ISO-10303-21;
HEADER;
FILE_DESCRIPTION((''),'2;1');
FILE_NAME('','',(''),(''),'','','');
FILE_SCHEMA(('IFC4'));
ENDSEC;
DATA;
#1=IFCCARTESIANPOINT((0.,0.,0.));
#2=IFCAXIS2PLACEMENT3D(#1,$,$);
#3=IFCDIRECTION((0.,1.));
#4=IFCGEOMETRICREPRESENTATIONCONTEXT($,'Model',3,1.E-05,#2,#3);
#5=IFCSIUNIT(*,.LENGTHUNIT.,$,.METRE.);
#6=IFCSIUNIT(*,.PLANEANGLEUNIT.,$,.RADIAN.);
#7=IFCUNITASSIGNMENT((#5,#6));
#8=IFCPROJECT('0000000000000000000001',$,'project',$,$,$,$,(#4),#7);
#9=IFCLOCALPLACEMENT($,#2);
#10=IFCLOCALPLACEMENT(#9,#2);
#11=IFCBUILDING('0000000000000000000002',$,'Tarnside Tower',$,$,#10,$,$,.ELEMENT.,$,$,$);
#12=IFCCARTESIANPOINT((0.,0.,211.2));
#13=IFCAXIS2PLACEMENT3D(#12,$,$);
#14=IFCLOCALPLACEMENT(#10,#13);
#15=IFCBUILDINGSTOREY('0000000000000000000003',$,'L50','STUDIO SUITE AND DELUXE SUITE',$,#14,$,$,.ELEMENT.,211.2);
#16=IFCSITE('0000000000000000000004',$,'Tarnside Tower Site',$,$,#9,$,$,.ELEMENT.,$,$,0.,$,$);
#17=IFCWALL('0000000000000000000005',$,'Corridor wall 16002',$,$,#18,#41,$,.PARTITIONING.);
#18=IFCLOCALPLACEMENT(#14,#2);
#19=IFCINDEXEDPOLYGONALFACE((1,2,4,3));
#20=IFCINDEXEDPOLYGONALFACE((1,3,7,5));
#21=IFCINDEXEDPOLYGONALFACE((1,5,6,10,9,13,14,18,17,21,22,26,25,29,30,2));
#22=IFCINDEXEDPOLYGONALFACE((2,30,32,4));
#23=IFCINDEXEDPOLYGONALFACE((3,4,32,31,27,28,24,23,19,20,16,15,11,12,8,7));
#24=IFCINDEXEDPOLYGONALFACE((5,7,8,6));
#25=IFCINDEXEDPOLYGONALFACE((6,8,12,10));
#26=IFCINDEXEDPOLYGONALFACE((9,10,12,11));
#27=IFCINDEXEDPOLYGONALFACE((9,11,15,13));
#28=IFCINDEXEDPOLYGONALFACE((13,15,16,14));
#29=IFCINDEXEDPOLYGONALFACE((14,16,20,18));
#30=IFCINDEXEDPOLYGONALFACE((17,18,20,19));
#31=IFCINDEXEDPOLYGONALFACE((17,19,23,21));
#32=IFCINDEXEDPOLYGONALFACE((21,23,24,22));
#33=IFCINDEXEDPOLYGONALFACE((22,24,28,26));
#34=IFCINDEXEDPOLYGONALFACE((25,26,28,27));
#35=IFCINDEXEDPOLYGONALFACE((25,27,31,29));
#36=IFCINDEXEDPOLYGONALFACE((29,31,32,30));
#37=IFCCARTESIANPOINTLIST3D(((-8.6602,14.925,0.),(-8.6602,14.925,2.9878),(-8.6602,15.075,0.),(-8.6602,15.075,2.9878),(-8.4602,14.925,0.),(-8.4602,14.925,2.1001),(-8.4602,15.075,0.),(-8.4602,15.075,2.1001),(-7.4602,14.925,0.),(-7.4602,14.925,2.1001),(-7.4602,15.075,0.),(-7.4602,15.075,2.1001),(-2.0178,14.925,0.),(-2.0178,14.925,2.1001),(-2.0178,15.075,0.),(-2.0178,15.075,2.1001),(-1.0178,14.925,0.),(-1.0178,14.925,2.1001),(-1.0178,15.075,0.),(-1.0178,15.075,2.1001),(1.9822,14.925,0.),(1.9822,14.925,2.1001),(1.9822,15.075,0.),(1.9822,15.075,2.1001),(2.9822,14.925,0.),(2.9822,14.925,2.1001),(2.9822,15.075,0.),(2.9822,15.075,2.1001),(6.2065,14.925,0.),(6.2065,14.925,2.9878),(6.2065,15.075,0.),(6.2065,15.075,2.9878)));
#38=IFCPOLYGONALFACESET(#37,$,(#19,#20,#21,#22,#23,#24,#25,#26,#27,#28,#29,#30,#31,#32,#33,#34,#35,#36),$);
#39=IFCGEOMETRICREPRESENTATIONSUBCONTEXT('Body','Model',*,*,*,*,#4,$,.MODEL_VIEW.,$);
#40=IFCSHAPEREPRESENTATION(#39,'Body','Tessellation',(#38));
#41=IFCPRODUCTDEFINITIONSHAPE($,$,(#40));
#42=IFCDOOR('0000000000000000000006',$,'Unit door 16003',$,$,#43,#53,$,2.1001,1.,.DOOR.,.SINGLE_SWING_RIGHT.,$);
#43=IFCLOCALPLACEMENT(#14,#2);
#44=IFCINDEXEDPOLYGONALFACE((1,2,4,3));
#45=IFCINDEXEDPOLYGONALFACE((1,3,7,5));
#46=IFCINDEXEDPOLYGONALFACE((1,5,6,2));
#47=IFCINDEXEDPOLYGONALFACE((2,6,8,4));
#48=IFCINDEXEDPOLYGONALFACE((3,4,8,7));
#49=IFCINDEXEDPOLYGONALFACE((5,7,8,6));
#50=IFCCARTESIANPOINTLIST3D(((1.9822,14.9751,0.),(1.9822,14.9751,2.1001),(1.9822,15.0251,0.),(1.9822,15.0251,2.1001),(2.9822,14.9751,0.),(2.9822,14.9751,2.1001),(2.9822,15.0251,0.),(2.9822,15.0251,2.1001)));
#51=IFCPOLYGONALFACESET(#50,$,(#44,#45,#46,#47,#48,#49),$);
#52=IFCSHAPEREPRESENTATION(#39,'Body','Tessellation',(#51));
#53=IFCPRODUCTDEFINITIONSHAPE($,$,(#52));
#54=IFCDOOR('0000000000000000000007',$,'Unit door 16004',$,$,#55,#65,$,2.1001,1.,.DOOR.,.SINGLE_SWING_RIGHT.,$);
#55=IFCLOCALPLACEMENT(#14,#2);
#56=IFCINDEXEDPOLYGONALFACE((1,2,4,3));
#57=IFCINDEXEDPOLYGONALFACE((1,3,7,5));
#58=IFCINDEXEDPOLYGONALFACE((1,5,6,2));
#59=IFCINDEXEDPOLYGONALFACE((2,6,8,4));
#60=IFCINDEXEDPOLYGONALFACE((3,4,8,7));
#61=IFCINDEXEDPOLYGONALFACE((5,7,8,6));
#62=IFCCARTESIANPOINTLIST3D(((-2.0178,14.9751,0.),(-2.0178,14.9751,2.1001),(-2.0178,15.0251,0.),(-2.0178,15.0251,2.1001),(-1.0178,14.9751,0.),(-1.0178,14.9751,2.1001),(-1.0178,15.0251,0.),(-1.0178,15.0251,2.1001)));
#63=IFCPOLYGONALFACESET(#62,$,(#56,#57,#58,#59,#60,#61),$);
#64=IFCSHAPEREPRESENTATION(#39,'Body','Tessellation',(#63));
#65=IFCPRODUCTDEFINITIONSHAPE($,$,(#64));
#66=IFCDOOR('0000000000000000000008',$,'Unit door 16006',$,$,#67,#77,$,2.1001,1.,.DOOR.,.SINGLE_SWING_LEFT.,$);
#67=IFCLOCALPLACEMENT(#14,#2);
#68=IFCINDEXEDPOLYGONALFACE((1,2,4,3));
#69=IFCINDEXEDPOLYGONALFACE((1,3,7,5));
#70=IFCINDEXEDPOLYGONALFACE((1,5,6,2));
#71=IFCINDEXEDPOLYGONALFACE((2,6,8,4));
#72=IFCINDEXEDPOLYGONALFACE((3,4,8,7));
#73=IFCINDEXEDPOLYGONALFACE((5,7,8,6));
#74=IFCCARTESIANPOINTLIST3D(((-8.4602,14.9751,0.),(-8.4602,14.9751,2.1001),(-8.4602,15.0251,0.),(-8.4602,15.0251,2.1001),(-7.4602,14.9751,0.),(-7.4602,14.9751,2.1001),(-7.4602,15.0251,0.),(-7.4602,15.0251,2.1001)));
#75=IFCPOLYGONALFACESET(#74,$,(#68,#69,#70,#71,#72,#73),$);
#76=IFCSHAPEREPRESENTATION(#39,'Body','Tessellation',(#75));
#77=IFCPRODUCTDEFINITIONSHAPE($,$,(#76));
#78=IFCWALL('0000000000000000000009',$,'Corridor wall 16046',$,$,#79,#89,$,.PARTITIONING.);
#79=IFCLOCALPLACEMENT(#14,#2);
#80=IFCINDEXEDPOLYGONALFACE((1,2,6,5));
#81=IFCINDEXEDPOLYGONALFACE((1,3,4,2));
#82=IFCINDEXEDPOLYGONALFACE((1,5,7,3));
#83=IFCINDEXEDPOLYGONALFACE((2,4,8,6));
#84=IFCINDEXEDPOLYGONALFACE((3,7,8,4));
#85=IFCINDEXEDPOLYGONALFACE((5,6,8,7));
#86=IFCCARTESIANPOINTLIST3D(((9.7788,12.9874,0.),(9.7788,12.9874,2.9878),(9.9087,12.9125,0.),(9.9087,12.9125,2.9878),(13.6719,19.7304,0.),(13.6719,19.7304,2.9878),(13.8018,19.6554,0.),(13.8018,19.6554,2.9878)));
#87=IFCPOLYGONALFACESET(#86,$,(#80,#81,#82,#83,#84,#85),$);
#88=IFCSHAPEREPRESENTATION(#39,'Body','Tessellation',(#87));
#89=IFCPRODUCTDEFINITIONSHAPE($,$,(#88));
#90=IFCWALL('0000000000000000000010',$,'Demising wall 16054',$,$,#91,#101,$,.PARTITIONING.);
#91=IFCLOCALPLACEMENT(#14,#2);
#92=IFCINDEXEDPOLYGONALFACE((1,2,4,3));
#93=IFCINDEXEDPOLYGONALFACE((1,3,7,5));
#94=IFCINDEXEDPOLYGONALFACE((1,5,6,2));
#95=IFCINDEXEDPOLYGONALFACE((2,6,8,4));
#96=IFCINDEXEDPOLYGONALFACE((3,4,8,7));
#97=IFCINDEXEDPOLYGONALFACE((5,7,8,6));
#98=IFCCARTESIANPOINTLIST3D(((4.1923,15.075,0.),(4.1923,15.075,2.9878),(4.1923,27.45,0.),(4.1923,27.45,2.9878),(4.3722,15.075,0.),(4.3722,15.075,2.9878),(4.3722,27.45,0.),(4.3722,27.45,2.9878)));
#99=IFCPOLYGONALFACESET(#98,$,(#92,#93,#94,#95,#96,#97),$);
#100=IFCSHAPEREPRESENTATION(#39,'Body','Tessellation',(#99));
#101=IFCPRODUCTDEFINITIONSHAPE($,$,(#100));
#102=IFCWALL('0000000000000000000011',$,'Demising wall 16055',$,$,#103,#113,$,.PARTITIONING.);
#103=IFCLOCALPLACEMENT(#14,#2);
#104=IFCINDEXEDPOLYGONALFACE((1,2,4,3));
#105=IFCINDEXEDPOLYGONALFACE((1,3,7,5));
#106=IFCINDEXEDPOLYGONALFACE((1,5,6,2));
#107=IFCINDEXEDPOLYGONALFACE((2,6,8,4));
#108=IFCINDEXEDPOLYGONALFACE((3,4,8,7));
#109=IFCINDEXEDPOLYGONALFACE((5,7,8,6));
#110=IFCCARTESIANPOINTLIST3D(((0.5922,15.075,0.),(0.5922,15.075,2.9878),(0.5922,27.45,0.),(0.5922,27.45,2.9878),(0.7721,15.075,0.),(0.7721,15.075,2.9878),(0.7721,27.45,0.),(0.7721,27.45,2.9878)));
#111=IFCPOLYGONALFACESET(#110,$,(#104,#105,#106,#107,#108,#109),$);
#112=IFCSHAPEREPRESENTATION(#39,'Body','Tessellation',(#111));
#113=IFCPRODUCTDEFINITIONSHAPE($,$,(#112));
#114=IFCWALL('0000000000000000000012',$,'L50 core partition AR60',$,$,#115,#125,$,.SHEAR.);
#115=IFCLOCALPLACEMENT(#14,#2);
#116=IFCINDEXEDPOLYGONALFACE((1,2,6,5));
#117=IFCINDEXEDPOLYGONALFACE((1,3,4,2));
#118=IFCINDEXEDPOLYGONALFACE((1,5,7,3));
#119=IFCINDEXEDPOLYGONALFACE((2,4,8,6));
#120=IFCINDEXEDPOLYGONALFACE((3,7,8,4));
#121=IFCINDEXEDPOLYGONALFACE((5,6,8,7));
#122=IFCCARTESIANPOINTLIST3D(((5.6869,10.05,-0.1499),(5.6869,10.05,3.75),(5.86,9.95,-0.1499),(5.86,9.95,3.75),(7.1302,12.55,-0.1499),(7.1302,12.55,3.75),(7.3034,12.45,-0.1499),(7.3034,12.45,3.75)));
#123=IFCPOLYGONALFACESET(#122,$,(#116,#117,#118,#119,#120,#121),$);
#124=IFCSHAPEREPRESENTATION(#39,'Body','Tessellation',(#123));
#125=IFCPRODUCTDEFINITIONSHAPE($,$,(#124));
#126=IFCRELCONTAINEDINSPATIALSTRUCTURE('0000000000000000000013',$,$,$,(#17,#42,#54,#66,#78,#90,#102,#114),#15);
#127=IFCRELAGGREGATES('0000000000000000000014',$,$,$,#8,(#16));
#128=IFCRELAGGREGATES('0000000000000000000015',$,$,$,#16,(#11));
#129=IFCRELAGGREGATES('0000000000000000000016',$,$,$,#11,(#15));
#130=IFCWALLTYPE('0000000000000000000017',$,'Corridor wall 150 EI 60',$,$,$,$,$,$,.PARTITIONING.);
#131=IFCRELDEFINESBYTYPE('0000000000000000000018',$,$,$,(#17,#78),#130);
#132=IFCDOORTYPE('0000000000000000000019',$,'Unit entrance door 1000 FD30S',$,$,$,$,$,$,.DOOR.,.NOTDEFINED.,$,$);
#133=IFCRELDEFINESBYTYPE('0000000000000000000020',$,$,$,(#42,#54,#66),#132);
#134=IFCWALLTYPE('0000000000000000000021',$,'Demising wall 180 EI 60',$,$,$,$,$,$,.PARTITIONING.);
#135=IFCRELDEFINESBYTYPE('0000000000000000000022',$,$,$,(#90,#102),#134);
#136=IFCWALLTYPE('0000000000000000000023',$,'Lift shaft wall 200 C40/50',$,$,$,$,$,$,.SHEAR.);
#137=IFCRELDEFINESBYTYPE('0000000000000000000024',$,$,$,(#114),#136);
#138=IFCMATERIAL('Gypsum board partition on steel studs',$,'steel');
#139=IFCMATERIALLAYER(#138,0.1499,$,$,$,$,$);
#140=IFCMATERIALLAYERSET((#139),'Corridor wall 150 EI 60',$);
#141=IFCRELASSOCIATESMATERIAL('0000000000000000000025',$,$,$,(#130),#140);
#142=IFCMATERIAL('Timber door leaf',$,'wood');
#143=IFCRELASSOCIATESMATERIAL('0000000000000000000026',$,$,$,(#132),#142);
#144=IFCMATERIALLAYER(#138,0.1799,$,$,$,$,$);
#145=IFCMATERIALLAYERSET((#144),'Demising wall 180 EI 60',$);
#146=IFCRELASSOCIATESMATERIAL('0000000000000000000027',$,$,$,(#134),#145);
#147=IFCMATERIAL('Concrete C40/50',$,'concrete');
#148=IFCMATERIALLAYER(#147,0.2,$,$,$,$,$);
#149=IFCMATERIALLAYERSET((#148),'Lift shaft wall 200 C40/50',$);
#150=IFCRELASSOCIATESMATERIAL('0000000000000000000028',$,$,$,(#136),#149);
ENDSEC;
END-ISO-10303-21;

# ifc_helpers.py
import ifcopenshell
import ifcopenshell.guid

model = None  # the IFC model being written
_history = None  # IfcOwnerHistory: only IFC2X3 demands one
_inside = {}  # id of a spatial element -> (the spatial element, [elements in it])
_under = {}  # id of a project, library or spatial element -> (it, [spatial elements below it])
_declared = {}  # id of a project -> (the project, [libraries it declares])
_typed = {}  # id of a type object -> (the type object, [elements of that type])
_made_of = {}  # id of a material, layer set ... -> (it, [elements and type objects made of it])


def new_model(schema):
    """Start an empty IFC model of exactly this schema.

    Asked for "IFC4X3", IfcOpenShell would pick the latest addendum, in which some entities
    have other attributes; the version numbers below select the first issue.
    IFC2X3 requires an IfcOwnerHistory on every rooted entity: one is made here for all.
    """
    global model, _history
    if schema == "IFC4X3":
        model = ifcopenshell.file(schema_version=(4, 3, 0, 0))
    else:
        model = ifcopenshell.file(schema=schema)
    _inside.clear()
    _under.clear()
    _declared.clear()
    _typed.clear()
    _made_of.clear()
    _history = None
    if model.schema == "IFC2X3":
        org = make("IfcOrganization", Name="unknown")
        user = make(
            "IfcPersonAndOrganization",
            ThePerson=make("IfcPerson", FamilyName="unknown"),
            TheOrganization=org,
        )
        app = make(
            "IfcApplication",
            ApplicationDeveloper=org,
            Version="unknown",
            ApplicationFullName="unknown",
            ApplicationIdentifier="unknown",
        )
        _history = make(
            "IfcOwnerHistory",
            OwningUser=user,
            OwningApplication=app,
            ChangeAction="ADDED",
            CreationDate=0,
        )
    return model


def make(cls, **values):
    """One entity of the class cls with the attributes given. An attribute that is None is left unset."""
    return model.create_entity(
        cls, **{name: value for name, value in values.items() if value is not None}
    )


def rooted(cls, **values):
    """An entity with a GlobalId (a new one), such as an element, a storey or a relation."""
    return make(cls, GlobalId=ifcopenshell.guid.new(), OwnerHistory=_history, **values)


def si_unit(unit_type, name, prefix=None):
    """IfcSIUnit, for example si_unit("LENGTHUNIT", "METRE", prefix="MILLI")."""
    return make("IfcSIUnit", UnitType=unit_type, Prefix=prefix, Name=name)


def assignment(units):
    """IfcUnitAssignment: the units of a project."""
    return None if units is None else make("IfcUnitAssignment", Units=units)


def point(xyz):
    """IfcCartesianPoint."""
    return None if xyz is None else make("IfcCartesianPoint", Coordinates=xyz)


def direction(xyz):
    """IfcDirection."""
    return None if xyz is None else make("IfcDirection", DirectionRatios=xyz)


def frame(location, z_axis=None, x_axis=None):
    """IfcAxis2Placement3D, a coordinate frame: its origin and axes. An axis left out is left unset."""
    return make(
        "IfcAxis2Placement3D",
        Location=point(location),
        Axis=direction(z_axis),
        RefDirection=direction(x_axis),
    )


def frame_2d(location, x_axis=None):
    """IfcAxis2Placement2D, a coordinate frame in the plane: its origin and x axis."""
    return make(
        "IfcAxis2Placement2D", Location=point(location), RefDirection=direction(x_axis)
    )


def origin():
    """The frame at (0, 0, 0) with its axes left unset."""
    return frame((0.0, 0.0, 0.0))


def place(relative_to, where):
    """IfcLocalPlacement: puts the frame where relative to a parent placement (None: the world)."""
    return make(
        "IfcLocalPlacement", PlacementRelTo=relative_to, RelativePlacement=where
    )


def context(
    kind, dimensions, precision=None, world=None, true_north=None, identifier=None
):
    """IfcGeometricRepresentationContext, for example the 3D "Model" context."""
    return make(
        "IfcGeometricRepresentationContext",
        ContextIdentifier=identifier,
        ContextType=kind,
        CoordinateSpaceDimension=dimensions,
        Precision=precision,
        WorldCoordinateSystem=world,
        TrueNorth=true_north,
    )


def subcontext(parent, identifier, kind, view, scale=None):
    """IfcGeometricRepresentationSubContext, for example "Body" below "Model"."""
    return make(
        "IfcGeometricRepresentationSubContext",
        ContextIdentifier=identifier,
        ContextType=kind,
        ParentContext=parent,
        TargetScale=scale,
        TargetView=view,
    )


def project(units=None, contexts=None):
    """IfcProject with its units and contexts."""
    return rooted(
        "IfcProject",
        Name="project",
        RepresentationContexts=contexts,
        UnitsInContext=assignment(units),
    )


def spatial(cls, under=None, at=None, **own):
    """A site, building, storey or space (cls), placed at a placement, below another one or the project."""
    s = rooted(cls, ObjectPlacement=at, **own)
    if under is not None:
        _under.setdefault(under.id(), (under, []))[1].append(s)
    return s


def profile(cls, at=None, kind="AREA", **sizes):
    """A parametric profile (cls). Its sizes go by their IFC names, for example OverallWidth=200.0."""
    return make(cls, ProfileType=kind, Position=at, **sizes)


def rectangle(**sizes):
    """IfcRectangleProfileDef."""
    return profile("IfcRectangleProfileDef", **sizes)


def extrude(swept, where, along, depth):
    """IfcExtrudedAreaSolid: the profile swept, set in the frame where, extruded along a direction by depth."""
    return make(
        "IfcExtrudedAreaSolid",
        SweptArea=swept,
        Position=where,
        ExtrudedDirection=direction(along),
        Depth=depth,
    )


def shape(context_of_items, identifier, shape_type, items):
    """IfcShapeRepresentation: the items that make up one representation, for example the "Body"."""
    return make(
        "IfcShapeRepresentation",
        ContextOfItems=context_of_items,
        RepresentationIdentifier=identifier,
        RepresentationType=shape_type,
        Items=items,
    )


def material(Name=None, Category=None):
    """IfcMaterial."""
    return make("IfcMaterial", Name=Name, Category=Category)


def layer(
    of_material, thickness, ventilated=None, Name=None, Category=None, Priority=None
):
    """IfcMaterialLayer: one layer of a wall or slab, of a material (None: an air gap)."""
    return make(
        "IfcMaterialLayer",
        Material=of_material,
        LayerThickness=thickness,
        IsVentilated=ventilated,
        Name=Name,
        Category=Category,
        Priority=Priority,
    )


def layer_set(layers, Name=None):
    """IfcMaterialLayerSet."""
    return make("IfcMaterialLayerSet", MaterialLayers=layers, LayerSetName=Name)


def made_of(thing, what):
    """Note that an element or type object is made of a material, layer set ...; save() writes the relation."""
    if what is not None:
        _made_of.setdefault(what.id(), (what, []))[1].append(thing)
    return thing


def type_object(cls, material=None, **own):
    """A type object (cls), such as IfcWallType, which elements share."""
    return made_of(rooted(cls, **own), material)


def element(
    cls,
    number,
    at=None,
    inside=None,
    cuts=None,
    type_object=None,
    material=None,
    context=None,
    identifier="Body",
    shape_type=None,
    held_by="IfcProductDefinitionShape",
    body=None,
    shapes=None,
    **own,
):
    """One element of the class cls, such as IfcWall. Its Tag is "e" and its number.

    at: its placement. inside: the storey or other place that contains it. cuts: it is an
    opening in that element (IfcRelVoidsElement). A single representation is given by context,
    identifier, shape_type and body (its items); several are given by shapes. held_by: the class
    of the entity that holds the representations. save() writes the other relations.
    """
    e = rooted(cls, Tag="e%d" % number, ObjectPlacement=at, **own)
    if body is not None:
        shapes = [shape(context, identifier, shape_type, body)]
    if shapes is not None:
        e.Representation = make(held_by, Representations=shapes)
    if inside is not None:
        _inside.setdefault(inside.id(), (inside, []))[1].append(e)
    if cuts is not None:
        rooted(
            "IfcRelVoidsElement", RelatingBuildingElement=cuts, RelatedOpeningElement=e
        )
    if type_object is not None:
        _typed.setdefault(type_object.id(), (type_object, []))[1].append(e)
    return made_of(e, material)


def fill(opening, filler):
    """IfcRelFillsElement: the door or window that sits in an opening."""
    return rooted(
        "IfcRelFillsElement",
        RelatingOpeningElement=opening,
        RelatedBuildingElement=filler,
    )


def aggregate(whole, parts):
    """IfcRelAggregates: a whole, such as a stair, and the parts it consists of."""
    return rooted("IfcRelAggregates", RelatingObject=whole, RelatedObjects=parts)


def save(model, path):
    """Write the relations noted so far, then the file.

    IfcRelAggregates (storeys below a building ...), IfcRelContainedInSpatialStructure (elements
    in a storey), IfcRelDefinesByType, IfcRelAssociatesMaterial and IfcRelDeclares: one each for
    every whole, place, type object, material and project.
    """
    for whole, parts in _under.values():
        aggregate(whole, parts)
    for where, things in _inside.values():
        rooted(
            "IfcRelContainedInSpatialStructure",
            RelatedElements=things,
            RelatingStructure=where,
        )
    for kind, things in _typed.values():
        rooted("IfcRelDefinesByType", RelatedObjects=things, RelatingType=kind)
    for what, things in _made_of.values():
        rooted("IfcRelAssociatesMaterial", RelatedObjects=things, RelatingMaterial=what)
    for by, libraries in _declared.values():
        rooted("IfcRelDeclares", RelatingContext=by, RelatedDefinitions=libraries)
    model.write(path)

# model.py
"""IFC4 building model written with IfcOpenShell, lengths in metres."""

from ifc_helpers import new_model, si_unit, direction, frame, frame_2d, origin, place, context, subcontext, project, spatial, rectangle, extrude, material, layer, layer_set, type_object, element, fill, save


model = new_model("IFC4")

# Units and contexts
model_context = context("Model", 3, precision=1e-05, world=origin(), true_north=direction((0.0, 1.0)))
body_context = subcontext(model_context, "Body", "Model", "MODEL_VIEW")
ifc_project = project(units=[si_unit("LENGTHUNIT", "METRE"), si_unit("PLANEANGLEUNIT", "RADIAN")], contexts=[model_context])

# Site, building, storey
site_placement = place(None, origin())
site = spatial("IfcSite", under=ifc_project, at=site_placement, Name="Tarnside Tower Site", CompositionType="ELEMENT", RefElevation=0.0)
building_placement = place(site_placement, origin())
building = spatial("IfcBuilding", under=site, at=building_placement, Name="Tarnside Tower", CompositionType="ELEMENT")
storey_placement = place(building_placement, frame((0.0, 0.0, 211.2)))
storey = spatial("IfcBuildingStorey", under=building, at=storey_placement, Name="L50", Description="STUDIO SUITE AND DELUXE SUITE", CompositionType="ELEMENT", Elevation=211.2)

# Shared definitions
ifc_material_1 = material(Name="Gypsum board partition on steel studs", Category="steel")
ifc_material_2 = material(Name="Timber door leaf", Category="wood")

# Shared definitions
ifc_layer_1 = layer(ifc_material_1, 0.1499)
ifc_layer_set_1 = layer_set([ifc_layer_1], Name="Corridor wall 150 EI 60")
wall_type_1 = type_object("IfcWallType", Name="Corridor wall 150 EI 60", PredefinedType="PARTITIONING", material=ifc_layer_set_1)
door_type_1 = type_object("IfcDoorType", Name="Unit entrance door 1000 FD30S", OperationType="NOTDEFINED", PredefinedType="DOOR", material=ifc_material_2)

# Wall, openings, doors
wall_1_placement = place(storey_placement, frame((6.2065, 15.0, 0.0), z_axis=(0.0, 0.0, 1.0), x_axis=(-1.0, 0.0, 0.0)))
wall_1 = element("IfcWall", 1, at=wall_1_placement, inside=storey, type_object=wall_type_1, Name="Corridor wall 16002", PredefinedType="PARTITIONING", context=body_context, shape_type="SweptSolid", body=[
    extrude(rectangle(XDim=14.8667, YDim=0.1499, at=frame_2d((7.4333, 0.0))), origin(), (0.0, 0.0, 1.0), 2.9878),
])
opening_1_placement = place(wall_1_placement, frame((3.2244, 0.0, 0.0)))
opening_1 = element("IfcOpeningElement", 2, at=opening_1_placement, cuts=wall_1, PredefinedType="OPENING", context=body_context, shape_type="SweptSolid", body=[
    extrude(rectangle(XDim=1.0, YDim=2.1001, at=frame_2d((0.5, 1.05))), frame((0.0, 0.085, 0.0), z_axis=(0.0, -1.0, 0.0), x_axis=(1.0, 0.0, 0.0)), (0.0, 0.0, 1.0), 0.1699),
])
opening_2_placement = place(wall_1_placement, frame((7.2244, 0.0, 0.0)))
opening_2 = element("IfcOpeningElement", 3, at=opening_2_placement, cuts=wall_1, PredefinedType="OPENING", context=body_context, shape_type="SweptSolid", body=[
    extrude(rectangle(XDim=1.0, YDim=2.1001, at=frame_2d((0.5, 1.05))), frame((0.0, 0.085, 0.0), z_axis=(0.0, -1.0, 0.0), x_axis=(1.0, 0.0, 0.0)), (0.0, 0.0, 1.0), 0.1699),
])
opening_3_placement = place(wall_1_placement, frame((13.6667, 0.0, 0.0)))
opening_3 = element("IfcOpeningElement", 4, at=opening_3_placement, cuts=wall_1, PredefinedType="OPENING", context=body_context, shape_type="SweptSolid", body=[
    extrude(rectangle(XDim=1.0, YDim=2.1001, at=frame_2d((0.5, 1.05))), frame((0.0, 0.085, 0.0), z_axis=(0.0, -1.0, 0.0), x_axis=(1.0, 0.0, 0.0)), (0.0, 0.0, 1.0), 0.1699),
])
door_1_placement = place(opening_1_placement, origin())
door_1 = element("IfcDoor", 5, at=door_1_placement, inside=storey, type_object=door_type_1, Name="Unit door 16003", OperationType="SINGLE_SWING_RIGHT", OverallHeight=2.1001, OverallWidth=1.0, PredefinedType="DOOR", context=body_context, shape_type="SweptSolid", body=[
    extrude(rectangle(XDim=1.0, YDim=2.1001, at=frame_2d((0.5, 1.05))), frame((0.0, 0.0249, 0.0), z_axis=(0.0, -1.0, 0.0), x_axis=(1.0, 0.0, 0.0)), (0.0, 0.0, 1.0), 0.05),
])
fill(opening_1, door_1)
door_2_placement = place(opening_2_placement, origin())
door_2 = element("IfcDoor", 6, at=door_2_placement, inside=storey, type_object=door_type_1, Name="Unit door 16004", OperationType="SINGLE_SWING_RIGHT", OverallHeight=2.1001, OverallWidth=1.0, PredefinedType="DOOR", context=body_context, shape_type="SweptSolid", body=[
    extrude(rectangle(XDim=1.0, YDim=2.1001, at=frame_2d((0.5, 1.05))), frame((0.0, 0.0249, 0.0), z_axis=(0.0, -1.0, 0.0), x_axis=(1.0, 0.0, 0.0)), (0.0, 0.0, 1.0), 0.05),
])
fill(opening_2, door_2)
door_3_placement = place(opening_3_placement, origin())
door_3 = element("IfcDoor", 7, at=door_3_placement, inside=storey, type_object=door_type_1, Name="Unit door 16006", OperationType="SINGLE_SWING_LEFT", OverallHeight=2.1001, OverallWidth=1.0, PredefinedType="DOOR", context=body_context, shape_type="SweptSolid", body=[
    extrude(rectangle(XDim=1.0, YDim=2.1001, at=frame_2d((0.5, 1.05))), frame((0.0, 0.0249, 0.0), z_axis=(0.0, -1.0, 0.0), x_axis=(1.0, 0.0, 0.0)), (0.0, 0.0, 1.0), 0.05),
])
fill(opening_3, door_3)

# Walls
wall_2_placement = place(storey_placement, frame((9.8438, 12.95, 0.0), z_axis=(0.0, 0.0, 1.0), x_axis=(0.500004, 0.866023, 0.0)))
element("IfcWall", 8, at=wall_2_placement, inside=storey, type_object=wall_type_1, Name="Corridor wall 16046", PredefinedType="PARTITIONING", context=body_context, shape_type="SweptSolid", body=[
    extrude(rectangle(XDim=7.7861, YDim=0.1499, at=frame_2d((3.8931, 0.0))), origin(), (0.0, 0.0, 1.0), 2.9878),
])
ifc_layer_2 = layer(ifc_material_1, 0.1799)
ifc_layer_set_2 = layer_set([ifc_layer_2], Name="Demising wall 180 EI 60")
wall_type_2 = type_object("IfcWallType", Name="Demising wall 180 EI 60", PredefinedType="PARTITIONING", material=ifc_layer_set_2)
for number, where, z_axis, x_axis, name in (
    (9, (4.2822, 27.45, 0.0), (0.0, 0.0, 1.0), (0.0, -1.0, 0.0), "Demising wall 16054"),
    (10, (0.6821, 27.45, 0.0), (0.0, 0.0, 1.0), (0.0, -1.0, 0.0), "Demising wall 16055"),
):
    element("IfcWall", number, at=place(storey_placement, frame(where, z_axis=z_axis, x_axis=x_axis)), inside=storey, type_object=wall_type_2, Name=name, PredefinedType="PARTITIONING", context=body_context, shape_type="SweptSolid", body=[
        extrude(rectangle(XDim=12.375, YDim=0.1799, at=frame_2d((6.1875, 0.0))), origin(), (0.0, 0.0, 1.0), 2.9878),
    ])
ifc_material_3 = material(Name="Concrete C40/50", Category="concrete")
ifc_layer_3 = layer(ifc_material_3, 0.2)
ifc_layer_set_3 = layer_set([ifc_layer_3], Name="Lift shaft wall 200 C40/50")
wall_type_3 = type_object("IfcWallType", Name="Lift shaft wall 200 C40/50", PredefinedType="SHEAR", material=ifc_layer_set_3)
wall_3_placement = place(storey_placement, frame((5.7734, 10.0, -0.1499), z_axis=(0.0, 0.0, 1.0), x_axis=(0.499996, 0.866028, 0.0)))
element("IfcWall", 11, at=wall_3_placement, inside=storey, type_object=wall_type_3, Name="L50 core partition AR60", PredefinedType="SHEAR", context=body_context, shape_type="SweptSolid", body=[
    extrude(rectangle(XDim=2.8867, YDim=0.2, at=frame_2d((1.4434, 0.0))), origin(), (0.0, 0.0, 1.0), 3.8999),
])

save(model, "model.ifc")
